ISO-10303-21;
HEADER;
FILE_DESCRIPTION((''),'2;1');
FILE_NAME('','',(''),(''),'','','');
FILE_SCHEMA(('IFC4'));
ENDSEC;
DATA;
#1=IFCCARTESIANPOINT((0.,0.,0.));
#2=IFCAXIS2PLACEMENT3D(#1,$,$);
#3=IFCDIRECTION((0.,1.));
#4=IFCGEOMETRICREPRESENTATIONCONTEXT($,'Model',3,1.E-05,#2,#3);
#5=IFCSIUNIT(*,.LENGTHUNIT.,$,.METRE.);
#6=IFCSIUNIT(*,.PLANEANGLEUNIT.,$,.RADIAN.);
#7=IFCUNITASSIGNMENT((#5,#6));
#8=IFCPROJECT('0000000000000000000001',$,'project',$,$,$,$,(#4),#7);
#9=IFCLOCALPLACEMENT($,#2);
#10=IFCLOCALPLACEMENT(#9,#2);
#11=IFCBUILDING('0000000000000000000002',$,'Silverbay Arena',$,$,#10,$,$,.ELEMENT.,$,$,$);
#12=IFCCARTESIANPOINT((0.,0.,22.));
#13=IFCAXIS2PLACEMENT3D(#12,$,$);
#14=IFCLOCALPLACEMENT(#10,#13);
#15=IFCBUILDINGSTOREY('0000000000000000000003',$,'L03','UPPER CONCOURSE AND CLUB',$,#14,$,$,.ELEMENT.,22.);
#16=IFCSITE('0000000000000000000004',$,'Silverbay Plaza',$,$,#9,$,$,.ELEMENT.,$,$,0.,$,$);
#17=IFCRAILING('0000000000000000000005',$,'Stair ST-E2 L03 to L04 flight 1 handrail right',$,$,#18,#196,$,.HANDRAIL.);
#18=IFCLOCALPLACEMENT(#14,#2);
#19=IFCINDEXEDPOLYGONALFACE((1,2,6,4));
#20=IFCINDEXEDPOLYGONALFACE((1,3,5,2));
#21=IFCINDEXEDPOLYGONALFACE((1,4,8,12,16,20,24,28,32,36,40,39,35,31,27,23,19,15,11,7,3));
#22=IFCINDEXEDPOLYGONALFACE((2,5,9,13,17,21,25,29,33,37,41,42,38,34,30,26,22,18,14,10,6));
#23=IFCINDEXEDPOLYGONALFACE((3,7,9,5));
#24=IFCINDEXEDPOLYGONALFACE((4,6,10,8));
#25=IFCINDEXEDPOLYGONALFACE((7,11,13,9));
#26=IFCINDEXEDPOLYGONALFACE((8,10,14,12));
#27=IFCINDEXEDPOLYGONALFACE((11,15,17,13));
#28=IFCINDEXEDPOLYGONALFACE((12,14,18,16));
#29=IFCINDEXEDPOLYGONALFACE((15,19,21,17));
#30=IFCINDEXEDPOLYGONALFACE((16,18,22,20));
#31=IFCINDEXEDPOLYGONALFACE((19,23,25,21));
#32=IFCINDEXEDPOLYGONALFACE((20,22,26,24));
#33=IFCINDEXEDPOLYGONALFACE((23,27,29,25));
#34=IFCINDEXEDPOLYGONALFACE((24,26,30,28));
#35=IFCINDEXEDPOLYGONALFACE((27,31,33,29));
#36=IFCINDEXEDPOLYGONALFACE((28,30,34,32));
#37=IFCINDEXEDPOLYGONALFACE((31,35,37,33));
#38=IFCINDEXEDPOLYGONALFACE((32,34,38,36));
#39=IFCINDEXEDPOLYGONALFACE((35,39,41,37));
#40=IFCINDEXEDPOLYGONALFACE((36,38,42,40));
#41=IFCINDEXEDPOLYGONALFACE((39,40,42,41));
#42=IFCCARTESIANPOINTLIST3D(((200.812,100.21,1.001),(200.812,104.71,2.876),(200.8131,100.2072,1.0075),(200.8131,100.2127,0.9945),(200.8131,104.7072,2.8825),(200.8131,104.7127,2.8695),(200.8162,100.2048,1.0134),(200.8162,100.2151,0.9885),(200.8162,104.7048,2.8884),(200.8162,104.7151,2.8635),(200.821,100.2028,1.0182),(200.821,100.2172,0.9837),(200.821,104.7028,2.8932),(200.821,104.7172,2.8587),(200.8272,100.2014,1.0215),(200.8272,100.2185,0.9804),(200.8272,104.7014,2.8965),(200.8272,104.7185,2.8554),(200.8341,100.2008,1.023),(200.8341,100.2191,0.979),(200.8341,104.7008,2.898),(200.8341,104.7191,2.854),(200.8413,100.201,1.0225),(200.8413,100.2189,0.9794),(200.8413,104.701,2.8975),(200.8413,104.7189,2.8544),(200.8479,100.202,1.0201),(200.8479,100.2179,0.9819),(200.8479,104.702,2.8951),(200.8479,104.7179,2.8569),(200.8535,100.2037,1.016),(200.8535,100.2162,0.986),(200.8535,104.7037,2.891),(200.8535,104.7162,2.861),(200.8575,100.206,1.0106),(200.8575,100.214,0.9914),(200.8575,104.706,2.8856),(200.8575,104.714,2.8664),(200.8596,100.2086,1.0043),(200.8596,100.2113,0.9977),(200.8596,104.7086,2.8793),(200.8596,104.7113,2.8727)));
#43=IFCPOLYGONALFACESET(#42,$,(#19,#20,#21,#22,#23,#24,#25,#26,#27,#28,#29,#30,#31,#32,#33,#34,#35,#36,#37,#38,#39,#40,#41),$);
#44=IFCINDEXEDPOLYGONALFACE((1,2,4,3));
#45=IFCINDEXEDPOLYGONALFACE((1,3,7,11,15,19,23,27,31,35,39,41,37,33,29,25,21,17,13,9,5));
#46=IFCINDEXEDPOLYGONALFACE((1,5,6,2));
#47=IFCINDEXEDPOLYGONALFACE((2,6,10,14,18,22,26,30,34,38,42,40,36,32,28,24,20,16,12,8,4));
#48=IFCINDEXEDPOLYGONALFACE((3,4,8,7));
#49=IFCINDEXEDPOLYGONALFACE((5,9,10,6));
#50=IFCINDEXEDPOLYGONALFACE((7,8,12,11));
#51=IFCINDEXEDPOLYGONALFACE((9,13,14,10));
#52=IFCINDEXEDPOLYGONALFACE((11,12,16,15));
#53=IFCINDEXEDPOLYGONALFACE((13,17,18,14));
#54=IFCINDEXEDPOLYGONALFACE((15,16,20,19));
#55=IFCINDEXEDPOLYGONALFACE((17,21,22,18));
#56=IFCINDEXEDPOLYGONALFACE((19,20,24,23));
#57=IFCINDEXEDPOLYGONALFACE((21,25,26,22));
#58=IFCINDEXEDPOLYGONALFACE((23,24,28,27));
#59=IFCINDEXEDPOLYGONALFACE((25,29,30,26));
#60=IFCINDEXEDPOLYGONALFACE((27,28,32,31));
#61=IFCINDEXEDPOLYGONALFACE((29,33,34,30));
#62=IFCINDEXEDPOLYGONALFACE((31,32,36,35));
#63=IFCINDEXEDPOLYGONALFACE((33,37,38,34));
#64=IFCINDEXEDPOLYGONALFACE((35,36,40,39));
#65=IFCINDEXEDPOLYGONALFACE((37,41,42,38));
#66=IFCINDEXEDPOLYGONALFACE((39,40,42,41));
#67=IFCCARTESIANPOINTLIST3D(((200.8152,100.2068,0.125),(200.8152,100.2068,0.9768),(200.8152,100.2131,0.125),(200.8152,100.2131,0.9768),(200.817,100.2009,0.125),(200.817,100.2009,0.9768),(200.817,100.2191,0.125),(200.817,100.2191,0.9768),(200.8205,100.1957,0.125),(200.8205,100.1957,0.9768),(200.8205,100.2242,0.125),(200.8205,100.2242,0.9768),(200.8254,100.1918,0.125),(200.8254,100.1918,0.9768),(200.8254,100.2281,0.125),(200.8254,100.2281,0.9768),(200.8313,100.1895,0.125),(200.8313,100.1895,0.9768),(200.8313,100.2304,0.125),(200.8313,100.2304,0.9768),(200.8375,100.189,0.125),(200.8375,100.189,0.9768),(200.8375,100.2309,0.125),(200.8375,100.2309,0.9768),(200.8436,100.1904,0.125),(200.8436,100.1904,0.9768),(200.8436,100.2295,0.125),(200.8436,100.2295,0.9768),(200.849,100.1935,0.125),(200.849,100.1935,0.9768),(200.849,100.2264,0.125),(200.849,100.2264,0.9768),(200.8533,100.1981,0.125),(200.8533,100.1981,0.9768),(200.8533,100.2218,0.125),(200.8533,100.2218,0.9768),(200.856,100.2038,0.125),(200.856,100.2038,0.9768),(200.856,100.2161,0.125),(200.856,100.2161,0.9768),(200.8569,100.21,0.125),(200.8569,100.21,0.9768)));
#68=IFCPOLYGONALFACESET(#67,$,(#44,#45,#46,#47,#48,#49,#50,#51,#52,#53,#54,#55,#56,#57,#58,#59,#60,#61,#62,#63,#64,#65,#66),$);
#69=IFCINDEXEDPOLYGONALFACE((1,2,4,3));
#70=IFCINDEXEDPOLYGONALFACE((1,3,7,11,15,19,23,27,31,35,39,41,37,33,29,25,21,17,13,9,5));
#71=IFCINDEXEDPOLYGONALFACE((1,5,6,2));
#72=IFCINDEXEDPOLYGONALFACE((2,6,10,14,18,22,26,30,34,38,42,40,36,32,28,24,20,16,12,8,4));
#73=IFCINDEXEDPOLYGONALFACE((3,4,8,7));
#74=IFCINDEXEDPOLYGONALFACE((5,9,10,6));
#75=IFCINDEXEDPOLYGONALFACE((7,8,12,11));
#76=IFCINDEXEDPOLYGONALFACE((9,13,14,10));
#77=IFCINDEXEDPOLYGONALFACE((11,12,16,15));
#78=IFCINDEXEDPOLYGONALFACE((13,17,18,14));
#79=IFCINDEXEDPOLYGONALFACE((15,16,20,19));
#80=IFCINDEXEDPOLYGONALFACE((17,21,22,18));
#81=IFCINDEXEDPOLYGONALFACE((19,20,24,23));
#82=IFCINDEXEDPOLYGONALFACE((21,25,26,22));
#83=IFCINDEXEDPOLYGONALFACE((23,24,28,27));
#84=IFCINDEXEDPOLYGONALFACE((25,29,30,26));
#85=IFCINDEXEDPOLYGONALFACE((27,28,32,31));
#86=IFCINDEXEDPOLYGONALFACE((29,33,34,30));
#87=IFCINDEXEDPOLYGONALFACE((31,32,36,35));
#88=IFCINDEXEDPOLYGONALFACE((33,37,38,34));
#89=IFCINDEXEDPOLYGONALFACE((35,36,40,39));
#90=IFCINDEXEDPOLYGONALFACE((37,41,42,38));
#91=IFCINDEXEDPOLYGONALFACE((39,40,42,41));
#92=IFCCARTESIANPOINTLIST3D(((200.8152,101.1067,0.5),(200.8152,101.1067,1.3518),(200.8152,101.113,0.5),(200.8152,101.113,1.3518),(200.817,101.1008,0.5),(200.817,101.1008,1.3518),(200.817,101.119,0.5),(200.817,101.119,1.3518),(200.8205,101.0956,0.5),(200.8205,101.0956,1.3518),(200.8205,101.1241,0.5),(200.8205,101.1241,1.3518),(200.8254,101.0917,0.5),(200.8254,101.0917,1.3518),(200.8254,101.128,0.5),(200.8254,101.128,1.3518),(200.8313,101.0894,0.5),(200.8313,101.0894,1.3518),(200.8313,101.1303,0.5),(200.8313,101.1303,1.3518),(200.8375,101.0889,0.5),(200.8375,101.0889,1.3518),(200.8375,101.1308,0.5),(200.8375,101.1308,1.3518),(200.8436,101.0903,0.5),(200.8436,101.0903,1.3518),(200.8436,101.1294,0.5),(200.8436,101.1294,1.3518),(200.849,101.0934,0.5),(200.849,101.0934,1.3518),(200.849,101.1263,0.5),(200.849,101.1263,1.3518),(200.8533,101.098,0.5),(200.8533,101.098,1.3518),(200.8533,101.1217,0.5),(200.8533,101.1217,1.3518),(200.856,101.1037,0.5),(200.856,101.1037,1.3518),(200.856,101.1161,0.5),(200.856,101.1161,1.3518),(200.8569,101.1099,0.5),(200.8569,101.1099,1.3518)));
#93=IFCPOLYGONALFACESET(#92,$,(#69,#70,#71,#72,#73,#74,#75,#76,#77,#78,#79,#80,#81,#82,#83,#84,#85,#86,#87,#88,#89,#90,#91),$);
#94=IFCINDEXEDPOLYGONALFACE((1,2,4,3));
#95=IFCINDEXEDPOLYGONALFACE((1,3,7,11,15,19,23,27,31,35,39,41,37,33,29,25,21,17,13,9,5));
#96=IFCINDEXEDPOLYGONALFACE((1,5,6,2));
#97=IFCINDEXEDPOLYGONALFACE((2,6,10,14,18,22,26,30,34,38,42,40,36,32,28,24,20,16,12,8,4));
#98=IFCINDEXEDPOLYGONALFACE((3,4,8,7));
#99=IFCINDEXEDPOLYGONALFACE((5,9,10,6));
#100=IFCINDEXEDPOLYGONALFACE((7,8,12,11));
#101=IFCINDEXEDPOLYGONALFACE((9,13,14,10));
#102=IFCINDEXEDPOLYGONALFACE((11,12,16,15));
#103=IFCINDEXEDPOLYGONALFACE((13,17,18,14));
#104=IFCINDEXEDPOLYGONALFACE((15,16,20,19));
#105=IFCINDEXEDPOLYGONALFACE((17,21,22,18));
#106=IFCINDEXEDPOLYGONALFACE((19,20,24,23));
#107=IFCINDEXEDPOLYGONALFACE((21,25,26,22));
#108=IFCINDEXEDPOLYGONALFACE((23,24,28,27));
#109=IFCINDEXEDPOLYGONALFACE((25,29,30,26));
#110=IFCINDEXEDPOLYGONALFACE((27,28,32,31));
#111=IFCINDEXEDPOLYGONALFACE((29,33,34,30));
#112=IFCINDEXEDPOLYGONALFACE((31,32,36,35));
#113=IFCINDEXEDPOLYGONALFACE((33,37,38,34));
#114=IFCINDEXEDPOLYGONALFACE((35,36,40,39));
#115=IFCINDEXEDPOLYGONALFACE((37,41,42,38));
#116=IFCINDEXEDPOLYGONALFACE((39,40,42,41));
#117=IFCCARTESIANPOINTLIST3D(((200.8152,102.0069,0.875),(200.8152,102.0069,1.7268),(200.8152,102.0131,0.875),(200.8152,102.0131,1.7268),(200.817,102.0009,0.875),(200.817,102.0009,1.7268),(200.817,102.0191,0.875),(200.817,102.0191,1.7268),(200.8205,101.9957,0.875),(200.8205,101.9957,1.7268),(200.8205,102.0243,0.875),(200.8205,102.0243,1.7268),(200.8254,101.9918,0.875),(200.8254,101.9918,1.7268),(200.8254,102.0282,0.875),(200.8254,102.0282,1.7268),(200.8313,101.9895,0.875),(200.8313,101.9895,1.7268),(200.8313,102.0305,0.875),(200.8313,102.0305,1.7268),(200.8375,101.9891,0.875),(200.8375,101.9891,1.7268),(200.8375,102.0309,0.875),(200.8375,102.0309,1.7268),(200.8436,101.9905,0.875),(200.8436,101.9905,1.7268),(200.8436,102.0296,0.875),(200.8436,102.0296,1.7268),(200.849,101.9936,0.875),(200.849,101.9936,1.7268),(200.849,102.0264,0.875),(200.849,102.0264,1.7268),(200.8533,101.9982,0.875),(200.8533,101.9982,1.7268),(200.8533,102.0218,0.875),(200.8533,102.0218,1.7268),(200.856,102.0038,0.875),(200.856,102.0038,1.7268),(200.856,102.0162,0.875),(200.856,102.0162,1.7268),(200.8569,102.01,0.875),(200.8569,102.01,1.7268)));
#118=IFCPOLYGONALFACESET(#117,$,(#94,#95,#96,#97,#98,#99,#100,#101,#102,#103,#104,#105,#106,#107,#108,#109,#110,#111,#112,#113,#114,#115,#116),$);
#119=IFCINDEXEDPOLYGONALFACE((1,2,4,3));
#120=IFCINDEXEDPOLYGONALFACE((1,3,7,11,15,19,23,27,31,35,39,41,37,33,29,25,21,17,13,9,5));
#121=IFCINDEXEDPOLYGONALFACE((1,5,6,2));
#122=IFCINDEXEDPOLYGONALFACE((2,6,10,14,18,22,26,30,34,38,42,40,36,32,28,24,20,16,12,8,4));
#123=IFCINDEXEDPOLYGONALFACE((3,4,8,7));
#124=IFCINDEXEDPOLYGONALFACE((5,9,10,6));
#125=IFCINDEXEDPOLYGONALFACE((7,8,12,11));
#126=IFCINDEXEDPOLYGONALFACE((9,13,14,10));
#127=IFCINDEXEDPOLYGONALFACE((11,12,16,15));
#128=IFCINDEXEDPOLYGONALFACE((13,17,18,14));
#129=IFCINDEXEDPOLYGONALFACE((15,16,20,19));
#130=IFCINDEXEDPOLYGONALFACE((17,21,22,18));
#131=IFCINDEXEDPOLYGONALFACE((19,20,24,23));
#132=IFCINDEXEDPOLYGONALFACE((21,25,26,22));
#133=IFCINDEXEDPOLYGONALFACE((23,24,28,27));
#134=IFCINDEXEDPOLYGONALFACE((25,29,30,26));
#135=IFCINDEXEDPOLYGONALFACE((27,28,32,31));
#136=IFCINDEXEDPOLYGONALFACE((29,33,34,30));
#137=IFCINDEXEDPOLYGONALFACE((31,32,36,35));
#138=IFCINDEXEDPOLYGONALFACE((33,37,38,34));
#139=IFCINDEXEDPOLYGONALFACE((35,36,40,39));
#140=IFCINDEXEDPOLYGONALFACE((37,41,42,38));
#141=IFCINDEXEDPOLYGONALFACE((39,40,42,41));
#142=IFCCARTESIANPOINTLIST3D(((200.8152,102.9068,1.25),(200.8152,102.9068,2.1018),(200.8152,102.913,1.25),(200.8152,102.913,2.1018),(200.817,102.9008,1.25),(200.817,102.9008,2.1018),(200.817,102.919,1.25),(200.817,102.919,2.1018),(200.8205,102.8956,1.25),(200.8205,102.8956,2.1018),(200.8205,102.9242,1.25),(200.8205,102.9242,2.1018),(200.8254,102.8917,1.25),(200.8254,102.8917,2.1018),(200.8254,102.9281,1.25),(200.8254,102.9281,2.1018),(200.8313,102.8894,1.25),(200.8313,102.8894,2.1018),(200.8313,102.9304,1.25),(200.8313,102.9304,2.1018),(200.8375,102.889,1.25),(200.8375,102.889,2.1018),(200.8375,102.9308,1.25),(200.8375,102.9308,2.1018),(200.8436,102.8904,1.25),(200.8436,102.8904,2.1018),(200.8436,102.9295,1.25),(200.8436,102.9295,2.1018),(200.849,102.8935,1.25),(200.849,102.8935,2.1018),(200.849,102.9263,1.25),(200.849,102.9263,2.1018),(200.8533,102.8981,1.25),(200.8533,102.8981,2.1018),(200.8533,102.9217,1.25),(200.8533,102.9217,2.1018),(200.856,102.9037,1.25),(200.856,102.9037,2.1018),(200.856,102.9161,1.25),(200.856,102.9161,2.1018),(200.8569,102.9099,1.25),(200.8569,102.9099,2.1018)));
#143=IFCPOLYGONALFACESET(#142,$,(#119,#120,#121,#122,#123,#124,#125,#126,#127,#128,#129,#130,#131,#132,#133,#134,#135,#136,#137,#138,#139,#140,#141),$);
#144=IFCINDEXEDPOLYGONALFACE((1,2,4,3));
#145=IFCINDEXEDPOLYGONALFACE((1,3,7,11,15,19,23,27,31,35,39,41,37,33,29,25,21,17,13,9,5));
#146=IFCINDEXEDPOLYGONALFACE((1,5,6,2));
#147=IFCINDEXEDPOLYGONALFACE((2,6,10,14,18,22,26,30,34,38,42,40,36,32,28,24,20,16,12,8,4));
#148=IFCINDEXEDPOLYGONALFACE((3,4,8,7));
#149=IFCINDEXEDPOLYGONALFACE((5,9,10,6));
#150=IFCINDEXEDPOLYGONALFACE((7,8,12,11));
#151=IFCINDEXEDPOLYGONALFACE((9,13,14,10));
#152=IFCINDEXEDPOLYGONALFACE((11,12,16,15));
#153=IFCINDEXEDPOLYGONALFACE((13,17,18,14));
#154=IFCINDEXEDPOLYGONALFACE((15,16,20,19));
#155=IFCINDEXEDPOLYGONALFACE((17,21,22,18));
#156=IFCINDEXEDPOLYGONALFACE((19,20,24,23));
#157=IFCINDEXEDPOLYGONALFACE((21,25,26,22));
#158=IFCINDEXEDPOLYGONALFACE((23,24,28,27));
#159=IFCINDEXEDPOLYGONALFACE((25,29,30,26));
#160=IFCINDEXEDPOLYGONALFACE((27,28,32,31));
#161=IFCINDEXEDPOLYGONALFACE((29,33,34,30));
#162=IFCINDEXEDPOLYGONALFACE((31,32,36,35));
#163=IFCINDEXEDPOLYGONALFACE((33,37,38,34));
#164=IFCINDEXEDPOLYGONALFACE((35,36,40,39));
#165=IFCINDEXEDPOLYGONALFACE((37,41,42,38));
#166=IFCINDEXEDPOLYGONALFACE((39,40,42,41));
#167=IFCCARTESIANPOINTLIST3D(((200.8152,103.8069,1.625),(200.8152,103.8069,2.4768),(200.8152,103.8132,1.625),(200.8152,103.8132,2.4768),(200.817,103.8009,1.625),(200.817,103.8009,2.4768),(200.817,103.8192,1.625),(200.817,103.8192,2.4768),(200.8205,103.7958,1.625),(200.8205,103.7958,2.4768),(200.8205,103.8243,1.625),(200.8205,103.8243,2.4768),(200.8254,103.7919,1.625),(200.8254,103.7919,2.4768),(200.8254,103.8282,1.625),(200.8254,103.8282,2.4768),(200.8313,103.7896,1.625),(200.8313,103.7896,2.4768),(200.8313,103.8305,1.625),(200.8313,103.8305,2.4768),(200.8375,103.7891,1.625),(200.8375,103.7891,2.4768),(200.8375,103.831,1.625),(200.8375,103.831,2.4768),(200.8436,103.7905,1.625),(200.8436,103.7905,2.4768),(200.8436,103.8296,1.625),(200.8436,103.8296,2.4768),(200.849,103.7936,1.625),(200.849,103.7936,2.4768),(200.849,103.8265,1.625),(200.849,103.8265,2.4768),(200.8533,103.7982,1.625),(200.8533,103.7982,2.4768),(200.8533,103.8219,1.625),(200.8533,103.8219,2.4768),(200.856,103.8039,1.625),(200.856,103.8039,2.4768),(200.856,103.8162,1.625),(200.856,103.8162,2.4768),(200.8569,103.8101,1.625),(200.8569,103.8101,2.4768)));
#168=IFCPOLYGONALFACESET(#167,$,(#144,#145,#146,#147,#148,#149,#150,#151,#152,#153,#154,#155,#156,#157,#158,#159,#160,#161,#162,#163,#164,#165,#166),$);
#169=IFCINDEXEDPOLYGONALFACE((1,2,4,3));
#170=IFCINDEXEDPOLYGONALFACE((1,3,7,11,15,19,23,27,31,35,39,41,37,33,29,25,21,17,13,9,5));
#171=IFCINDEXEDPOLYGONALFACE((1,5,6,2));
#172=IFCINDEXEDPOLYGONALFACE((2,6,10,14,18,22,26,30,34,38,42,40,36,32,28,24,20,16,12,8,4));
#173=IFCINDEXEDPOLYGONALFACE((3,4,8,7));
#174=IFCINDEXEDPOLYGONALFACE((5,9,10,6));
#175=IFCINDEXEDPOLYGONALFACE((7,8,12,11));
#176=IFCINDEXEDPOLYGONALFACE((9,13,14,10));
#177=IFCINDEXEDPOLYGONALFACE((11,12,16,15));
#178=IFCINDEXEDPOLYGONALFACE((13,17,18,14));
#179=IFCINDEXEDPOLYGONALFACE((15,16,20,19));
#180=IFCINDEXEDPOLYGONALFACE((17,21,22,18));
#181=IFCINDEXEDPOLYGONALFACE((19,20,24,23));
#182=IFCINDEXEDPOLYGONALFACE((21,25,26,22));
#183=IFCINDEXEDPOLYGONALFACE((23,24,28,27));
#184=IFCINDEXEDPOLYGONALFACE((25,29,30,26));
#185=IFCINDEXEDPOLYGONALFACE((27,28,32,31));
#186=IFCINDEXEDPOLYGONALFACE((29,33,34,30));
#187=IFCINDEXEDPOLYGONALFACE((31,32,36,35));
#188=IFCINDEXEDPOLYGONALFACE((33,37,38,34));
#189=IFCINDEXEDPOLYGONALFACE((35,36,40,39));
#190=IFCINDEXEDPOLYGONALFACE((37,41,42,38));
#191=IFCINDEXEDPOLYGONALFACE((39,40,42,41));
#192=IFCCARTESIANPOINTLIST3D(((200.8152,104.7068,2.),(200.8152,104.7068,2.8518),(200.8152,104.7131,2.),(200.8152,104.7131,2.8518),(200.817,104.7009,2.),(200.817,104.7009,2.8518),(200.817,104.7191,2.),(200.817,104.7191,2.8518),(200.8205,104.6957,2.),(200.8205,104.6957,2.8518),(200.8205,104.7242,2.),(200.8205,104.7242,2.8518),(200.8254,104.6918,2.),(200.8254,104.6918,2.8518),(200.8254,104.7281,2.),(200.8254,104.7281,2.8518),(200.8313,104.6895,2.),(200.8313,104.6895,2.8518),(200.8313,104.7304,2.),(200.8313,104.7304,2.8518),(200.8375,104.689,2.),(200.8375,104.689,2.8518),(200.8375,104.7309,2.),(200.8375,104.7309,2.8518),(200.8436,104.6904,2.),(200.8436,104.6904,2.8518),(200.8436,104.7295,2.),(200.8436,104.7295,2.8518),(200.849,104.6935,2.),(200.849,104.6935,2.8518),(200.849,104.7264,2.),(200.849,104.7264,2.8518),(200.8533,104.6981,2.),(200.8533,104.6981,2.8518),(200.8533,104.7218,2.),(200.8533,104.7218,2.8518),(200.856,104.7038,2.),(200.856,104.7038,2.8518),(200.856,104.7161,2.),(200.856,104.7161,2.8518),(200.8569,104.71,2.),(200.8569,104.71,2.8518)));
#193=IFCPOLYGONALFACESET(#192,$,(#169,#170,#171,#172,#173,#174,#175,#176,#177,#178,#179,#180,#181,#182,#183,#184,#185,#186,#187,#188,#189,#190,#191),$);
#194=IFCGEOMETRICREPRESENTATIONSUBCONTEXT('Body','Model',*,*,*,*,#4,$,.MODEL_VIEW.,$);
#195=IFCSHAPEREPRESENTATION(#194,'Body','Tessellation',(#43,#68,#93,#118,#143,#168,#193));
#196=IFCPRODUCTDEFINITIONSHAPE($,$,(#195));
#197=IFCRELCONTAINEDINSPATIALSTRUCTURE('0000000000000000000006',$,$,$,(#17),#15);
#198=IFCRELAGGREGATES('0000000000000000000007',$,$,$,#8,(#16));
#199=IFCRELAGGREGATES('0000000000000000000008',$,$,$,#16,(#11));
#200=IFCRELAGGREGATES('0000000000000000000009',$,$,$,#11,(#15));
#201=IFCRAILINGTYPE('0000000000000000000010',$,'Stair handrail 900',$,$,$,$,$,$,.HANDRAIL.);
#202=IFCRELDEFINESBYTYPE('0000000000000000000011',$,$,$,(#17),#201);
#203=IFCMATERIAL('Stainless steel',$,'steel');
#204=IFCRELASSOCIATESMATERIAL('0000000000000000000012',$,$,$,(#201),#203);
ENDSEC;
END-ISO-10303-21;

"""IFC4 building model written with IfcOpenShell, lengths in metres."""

from ifc_helpers import new_model, si_unit, direction, frame, origin, origin_2d, place, context, subcontext, project, spatial, circle, extrude, material, type_object, element, save


model = new_model("IFC4")

# Units and contexts
model_context = context("Model", 3, precision=1e-05, world=origin(), true_north=direction((0.0, 1.0)))
body_context = subcontext(model_context, "Body", "Model", "MODEL_VIEW")
ifc_project = project(units=[si_unit("LENGTHUNIT", "METRE"), si_unit("PLANEANGLEUNIT", "RADIAN")], contexts=[model_context])

# Site, building, storey
site_placement = place(None, origin())
site = spatial("IfcSite", under=ifc_project, at=site_placement, Name="Silverbay Plaza", CompositionType="ELEMENT", RefElevation=0.0)
building_placement = place(site_placement, origin())
building = spatial("IfcBuilding", under=site, at=building_placement, Name="Silverbay Arena", CompositionType="ELEMENT")
storey_placement = place(building_placement, frame((0.0, 0.0, 22.0)))
storey = spatial("IfcBuildingStorey", under=building, at=storey_placement, Name="L03", Description="UPPER CONCOURSE AND CLUB", CompositionType="ELEMENT", Elevation=22.0)

# Railing
ifc_material_1 = material(Name="Stainless steel", Category="steel")
railing_type_1 = type_object("IfcRailingType", Name="Stair handrail 900", PredefinedType="HANDRAIL", material=ifc_material_1)
for number, where, name in (
    (1, (200.8359, 100.21, 0.125), "Stair ST-E2 L03 to L04 flight 1 handrail right"),
):
    element("IfcRailing", number, at=place(storey_placement, frame(where)), inside=storey, type_object=railing_type_1, Name=name, PredefinedType="HANDRAIL", context=body_context, shape_type="SweptSolid", body=[
        extrude(circle(Radius=0.0239, at=origin_2d()), frame((0.0, 0.0, 0.876), z_axis=(0.0, 0.923077, 0.384615), x_axis=(-1.0, 0.0, 0.0)), (0.0, 0.0, 1.0), 4.875),
        extrude(circle(Radius=0.021, at=origin_2d()), origin(), (0.0, 0.0, 1.0), 0.8518),
        extrude(circle(Radius=0.021, at=origin_2d()), frame((0.0, 0.8999, 0.375)), (0.0, 0.0, 1.0), 0.8518),
        extrude(circle(Radius=0.021, at=origin_2d()), frame((0.0, 1.8, 0.75)), (0.0, 0.0, 1.0), 0.8518),
        extrude(circle(Radius=0.021, at=origin_2d()), frame((0.0, 2.7, 1.125)), (0.0, 0.0, 1.0), 0.8518),
        extrude(circle(Radius=0.021, at=origin_2d()), frame((0.0, 3.6001, 1.5)), (0.0, 0.0, 1.0), 0.8518),
        extrude(circle(Radius=0.021, at=origin_2d()), frame((0.0, 4.5, 1.875)), (0.0, 0.0, 1.0), 0.8518),
    ])

save(model, "model.ifc")
